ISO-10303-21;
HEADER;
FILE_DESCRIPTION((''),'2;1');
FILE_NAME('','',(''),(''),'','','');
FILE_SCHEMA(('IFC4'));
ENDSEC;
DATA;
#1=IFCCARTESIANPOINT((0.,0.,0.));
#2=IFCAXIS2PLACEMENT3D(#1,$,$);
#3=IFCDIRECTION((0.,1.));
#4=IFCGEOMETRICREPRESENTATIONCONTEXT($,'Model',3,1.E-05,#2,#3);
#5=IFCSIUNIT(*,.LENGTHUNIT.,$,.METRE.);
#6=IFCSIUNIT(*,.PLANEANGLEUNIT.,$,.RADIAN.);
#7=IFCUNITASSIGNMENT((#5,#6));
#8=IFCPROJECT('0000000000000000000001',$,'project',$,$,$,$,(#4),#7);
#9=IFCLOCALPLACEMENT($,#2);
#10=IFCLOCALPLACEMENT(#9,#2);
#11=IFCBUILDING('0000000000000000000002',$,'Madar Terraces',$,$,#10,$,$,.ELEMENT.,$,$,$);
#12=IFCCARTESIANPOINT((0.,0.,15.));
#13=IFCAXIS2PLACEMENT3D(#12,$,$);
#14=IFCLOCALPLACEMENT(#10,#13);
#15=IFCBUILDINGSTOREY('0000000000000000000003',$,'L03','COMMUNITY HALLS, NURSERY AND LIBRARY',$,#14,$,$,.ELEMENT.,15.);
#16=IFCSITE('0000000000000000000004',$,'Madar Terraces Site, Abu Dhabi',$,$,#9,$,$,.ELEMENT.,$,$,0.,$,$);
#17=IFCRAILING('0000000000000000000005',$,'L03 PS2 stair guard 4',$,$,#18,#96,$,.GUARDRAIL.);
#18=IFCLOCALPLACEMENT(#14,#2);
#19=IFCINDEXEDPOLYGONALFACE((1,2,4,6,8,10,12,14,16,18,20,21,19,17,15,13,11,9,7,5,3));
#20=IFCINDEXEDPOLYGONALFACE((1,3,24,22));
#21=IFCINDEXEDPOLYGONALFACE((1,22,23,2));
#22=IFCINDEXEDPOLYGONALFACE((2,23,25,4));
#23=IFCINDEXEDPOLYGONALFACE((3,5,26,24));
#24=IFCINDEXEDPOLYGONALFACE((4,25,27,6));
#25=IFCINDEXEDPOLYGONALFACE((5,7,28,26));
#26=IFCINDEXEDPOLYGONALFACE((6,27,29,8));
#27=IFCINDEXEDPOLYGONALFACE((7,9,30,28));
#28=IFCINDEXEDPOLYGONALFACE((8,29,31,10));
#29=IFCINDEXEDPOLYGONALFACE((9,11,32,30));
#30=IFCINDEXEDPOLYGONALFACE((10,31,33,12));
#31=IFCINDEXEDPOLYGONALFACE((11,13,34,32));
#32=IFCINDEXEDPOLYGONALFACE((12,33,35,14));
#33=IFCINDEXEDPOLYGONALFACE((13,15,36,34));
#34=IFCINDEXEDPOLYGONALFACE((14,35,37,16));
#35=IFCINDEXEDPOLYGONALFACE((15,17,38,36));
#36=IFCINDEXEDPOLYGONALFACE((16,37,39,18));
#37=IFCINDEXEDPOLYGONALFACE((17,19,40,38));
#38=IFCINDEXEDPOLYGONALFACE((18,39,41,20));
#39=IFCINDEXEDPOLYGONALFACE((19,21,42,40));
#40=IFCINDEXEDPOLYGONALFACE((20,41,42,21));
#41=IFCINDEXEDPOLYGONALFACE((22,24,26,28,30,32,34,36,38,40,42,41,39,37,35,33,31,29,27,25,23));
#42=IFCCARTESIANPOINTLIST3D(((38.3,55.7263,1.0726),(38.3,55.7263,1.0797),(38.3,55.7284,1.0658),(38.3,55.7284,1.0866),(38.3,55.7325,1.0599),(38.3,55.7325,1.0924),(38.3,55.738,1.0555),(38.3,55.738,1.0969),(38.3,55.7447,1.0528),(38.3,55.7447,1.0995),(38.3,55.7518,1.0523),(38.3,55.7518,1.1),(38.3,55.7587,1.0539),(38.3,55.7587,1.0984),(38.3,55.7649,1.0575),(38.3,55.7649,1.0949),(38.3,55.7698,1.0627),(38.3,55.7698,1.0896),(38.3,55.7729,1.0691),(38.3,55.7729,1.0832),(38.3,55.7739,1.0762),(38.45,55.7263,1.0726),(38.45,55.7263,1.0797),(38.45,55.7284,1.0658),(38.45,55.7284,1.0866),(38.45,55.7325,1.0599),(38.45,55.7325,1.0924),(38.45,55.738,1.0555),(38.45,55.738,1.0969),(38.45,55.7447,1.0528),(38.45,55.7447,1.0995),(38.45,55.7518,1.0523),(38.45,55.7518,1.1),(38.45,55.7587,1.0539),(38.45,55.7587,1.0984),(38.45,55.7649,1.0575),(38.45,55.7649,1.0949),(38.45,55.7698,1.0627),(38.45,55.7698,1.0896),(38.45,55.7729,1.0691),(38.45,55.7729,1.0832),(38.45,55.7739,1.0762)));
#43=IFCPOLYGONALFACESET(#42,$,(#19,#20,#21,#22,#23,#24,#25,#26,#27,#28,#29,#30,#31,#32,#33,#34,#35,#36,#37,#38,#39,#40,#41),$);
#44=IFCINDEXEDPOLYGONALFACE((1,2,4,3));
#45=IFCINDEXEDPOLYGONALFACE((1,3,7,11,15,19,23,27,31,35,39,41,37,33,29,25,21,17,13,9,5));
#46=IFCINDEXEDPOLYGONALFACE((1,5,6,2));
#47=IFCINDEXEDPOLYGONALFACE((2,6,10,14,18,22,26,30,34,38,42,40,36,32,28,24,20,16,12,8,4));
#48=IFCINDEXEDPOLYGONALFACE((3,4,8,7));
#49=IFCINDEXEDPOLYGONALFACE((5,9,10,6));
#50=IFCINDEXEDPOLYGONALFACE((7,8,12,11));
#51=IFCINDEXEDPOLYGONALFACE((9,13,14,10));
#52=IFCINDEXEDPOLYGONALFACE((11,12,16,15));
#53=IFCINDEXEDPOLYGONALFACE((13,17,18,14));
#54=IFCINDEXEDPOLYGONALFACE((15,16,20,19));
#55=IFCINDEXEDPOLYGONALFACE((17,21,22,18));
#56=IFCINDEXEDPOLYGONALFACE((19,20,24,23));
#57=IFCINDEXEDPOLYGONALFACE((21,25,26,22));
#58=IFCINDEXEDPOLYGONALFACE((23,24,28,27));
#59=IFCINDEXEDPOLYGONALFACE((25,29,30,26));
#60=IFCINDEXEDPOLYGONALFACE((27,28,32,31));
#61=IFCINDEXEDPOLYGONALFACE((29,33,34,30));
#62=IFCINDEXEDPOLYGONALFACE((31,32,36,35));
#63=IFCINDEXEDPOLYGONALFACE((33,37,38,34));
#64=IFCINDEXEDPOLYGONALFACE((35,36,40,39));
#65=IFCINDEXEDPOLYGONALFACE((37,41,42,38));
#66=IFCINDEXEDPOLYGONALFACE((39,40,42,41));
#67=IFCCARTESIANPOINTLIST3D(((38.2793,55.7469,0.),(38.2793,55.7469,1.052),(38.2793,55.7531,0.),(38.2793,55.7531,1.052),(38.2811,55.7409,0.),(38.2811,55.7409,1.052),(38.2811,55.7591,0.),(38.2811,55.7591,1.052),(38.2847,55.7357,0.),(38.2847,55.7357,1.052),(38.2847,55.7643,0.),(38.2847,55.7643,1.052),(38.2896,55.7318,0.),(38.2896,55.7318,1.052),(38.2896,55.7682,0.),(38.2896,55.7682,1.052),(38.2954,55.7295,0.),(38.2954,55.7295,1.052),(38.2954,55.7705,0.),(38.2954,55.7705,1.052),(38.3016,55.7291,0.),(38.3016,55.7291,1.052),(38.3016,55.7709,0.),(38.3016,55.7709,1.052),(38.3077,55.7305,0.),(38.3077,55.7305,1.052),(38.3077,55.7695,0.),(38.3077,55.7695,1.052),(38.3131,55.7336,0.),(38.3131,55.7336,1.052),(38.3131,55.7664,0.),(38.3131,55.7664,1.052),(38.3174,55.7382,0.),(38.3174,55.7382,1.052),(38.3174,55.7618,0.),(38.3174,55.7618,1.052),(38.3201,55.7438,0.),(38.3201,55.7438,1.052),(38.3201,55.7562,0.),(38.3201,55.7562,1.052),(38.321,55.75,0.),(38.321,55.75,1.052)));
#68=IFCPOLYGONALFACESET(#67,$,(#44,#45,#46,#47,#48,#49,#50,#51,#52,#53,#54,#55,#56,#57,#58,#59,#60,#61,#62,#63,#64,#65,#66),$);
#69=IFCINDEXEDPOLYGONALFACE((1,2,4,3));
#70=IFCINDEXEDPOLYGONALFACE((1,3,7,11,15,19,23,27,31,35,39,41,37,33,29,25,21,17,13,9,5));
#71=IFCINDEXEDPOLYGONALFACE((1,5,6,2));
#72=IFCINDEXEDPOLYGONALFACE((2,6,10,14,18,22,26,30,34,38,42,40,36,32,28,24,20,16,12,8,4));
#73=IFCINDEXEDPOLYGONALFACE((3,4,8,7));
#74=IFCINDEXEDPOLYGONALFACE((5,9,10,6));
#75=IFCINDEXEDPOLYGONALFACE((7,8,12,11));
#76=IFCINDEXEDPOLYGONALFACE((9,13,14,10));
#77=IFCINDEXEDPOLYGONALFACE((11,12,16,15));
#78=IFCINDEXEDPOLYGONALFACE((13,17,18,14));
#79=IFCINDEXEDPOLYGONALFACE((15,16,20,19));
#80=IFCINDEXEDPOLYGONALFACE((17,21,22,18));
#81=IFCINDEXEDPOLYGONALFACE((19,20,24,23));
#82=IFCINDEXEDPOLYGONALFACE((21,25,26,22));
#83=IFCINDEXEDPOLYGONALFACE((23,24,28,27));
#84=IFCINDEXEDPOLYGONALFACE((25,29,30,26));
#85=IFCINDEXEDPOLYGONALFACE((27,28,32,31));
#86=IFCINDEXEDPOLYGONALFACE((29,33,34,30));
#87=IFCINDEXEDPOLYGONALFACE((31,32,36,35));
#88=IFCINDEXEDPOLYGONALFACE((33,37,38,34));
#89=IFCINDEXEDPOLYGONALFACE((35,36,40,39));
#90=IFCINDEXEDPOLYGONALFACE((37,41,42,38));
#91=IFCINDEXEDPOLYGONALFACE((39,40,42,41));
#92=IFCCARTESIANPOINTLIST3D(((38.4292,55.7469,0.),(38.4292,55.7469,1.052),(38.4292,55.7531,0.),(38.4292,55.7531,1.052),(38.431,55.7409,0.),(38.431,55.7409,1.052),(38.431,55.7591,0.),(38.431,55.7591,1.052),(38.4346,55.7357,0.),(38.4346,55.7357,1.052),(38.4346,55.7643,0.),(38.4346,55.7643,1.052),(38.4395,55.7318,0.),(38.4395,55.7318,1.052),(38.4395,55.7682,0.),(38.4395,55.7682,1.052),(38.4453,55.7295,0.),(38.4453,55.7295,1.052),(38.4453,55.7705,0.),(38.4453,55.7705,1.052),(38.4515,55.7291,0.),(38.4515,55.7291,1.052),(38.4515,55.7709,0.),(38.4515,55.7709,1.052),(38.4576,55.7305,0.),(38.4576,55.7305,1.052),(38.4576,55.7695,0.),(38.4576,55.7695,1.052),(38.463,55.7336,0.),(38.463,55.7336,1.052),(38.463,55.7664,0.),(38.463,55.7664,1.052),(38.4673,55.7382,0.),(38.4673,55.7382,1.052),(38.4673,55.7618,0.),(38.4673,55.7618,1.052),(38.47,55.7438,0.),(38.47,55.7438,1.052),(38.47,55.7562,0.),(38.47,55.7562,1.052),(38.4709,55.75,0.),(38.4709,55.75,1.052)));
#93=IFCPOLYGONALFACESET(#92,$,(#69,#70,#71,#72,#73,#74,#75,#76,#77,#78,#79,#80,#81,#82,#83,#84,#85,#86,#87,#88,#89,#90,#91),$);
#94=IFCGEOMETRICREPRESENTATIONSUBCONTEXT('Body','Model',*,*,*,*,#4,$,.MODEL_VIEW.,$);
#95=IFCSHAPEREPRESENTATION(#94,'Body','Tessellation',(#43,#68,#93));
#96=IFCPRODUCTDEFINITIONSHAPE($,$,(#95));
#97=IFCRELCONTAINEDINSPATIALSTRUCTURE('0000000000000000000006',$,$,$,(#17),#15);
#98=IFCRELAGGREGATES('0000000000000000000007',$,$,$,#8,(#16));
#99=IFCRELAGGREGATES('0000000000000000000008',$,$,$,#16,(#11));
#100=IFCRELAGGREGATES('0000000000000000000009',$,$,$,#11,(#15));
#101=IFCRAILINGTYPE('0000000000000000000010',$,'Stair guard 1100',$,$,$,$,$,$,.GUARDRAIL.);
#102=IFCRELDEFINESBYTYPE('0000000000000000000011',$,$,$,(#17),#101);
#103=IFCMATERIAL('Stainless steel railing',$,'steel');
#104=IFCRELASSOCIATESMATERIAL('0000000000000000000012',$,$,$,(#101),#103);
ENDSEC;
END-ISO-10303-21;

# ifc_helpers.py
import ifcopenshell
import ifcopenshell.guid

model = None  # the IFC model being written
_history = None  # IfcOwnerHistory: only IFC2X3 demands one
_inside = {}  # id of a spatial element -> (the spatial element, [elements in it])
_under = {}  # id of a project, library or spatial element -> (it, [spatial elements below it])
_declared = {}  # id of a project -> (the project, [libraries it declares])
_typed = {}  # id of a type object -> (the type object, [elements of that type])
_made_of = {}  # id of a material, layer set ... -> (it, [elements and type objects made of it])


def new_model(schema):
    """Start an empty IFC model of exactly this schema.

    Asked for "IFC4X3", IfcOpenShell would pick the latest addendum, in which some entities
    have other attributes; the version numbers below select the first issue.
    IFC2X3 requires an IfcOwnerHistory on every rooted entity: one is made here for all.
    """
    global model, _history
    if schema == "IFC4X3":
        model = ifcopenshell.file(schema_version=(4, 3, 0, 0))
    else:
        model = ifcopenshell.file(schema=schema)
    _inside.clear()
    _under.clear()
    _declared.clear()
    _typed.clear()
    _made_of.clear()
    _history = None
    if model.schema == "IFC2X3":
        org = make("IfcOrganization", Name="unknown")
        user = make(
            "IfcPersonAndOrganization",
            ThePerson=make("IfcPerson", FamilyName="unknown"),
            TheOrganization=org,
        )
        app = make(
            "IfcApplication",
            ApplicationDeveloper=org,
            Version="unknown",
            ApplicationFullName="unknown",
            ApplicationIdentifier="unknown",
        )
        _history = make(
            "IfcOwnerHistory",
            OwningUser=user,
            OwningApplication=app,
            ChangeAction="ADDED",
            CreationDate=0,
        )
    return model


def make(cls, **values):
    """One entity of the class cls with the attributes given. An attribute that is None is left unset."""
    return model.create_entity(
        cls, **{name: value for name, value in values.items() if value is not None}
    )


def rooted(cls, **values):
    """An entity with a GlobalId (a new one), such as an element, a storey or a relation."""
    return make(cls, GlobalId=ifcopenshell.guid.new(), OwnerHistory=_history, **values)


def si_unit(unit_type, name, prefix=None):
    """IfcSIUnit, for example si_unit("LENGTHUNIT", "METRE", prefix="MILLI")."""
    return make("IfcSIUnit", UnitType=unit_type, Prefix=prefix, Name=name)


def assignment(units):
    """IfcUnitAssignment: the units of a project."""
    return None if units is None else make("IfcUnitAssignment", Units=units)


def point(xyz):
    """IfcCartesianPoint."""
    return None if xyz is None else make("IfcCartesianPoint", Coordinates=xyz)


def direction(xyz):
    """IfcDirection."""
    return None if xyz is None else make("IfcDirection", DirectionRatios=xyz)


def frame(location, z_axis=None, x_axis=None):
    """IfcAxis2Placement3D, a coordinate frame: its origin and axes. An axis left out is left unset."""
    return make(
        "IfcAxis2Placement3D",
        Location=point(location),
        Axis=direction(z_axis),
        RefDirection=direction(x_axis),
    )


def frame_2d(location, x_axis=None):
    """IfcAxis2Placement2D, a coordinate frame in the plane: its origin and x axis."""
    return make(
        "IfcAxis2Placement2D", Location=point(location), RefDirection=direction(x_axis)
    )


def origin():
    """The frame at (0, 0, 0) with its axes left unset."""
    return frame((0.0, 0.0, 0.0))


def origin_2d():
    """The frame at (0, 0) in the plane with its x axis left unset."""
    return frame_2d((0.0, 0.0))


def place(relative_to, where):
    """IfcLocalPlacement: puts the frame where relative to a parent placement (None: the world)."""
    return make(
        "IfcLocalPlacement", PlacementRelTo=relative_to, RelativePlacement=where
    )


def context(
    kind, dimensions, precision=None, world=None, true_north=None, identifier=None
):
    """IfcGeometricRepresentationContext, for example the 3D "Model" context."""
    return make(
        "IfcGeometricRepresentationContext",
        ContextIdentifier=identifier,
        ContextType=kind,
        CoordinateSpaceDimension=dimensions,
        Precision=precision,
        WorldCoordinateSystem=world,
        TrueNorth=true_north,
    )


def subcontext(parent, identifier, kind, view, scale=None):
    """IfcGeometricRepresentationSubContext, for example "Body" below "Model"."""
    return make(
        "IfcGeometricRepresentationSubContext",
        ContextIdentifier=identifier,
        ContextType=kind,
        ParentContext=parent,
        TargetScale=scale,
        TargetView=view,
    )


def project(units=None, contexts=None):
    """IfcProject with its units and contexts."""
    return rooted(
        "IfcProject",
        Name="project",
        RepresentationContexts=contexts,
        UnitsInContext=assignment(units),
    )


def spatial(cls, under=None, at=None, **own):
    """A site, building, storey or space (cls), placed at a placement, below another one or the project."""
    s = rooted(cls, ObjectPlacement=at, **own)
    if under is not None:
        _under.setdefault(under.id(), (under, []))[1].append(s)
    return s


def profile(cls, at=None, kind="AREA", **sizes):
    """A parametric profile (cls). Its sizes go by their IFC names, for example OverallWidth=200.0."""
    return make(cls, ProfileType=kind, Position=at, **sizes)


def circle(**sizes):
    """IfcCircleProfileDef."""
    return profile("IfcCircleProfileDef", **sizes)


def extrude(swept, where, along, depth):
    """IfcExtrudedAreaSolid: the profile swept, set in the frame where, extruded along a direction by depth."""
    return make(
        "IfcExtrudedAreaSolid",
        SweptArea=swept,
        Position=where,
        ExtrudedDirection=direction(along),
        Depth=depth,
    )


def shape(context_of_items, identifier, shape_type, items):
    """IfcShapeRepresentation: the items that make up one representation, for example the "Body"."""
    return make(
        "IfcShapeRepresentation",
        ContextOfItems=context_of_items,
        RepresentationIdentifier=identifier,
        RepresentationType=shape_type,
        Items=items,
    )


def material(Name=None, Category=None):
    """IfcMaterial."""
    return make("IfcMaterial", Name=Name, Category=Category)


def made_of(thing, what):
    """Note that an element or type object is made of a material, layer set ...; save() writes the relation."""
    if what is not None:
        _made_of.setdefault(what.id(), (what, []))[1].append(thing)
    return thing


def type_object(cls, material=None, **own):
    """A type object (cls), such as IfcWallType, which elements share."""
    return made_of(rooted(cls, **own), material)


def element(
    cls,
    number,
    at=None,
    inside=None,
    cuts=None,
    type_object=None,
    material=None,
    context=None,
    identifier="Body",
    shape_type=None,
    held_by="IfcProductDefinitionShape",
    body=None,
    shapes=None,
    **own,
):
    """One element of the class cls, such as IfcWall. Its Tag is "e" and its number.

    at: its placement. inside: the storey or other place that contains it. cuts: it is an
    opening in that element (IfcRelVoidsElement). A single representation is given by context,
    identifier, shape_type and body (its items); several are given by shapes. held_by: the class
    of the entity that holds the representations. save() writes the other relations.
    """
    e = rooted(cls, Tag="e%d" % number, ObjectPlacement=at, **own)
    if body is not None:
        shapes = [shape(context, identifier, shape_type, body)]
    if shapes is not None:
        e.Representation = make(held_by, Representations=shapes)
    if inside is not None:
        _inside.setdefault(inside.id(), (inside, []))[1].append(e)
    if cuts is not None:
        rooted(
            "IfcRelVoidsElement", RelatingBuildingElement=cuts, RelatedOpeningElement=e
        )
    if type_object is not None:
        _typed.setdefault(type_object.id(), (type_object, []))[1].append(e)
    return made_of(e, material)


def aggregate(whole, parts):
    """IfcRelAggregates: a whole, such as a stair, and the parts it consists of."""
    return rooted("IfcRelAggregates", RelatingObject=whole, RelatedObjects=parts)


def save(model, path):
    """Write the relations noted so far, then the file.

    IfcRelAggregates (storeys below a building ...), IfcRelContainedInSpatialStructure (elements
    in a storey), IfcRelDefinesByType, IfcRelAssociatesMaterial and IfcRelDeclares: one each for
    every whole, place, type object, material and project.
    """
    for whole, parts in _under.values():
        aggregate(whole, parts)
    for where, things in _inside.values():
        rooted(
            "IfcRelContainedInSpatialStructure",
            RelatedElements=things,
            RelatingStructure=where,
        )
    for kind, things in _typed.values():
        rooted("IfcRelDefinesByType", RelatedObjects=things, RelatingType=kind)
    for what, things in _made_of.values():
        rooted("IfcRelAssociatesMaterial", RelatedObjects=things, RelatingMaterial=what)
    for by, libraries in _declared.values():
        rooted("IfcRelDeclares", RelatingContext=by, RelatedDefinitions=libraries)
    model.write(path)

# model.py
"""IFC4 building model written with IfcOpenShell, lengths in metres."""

from ifc_helpers import new_model, si_unit, direction, frame, origin, origin_2d, place, context, subcontext, project, spatial, circle, extrude, material, type_object, element, save


model = new_model("IFC4")

# Units and contexts
model_context = context("Model", 3, precision=1e-05, world=origin(), true_north=direction((0.0, 1.0)))
body_context = subcontext(model_context, "Body", "Model", "MODEL_VIEW")
ifc_project = project(units=[si_unit("LENGTHUNIT", "METRE"), si_unit("PLANEANGLEUNIT", "RADIAN")], contexts=[model_context])

# Site, building, storey
site_placement = place(None, origin())
site = spatial("IfcSite", under=ifc_project, at=site_placement, Name="Madar Terraces Site, Abu Dhabi", CompositionType="ELEMENT", RefElevation=0.0)
building_placement = place(site_placement, origin())
building = spatial("IfcBuilding", under=site, at=building_placement, Name="Madar Terraces", CompositionType="ELEMENT")
storey_placement = place(building_placement, frame((0.0, 0.0, 15.0)))
storey = spatial("IfcBuildingStorey", under=building, at=storey_placement, Name="L03", Description="COMMUNITY HALLS, NURSERY AND LIBRARY", CompositionType="ELEMENT", Elevation=15.0)

# Railing
ifc_material_1 = material(Name="Stainless steel railing", Category="steel")
railing_type_1 = type_object("IfcRailingType", Name="Stair guard 1100", PredefinedType="GUARDRAIL", material=ifc_material_1)
railing_1_placement = place(storey_placement, frame((38.3, 55.75, 0.0)))
element("IfcRailing", 1, at=railing_1_placement, inside=storey, type_object=railing_type_1, Name="L03 PS2 stair guard 4", PredefinedType="GUARDRAIL", context=body_context, shape_type="SweptSolid", body=[
    extrude(circle(Radius=0.0239, at=origin_2d()), frame((0.0, 0.0, 1.0762), z_axis=(1.0, 0.0, 0.0), x_axis=(0.0, 1.0, 0.0)), (0.0, 0.0, 1.0), 0.1499),
    extrude(circle(Radius=0.021, at=origin_2d()), origin(), (0.0, 0.0, 1.0), 1.052),
    extrude(circle(Radius=0.021, at=origin_2d()), frame((0.1499, 0.0, 0.0)), (0.0, 0.0, 1.0), 1.052),
])

save(model, "model.ifc")
